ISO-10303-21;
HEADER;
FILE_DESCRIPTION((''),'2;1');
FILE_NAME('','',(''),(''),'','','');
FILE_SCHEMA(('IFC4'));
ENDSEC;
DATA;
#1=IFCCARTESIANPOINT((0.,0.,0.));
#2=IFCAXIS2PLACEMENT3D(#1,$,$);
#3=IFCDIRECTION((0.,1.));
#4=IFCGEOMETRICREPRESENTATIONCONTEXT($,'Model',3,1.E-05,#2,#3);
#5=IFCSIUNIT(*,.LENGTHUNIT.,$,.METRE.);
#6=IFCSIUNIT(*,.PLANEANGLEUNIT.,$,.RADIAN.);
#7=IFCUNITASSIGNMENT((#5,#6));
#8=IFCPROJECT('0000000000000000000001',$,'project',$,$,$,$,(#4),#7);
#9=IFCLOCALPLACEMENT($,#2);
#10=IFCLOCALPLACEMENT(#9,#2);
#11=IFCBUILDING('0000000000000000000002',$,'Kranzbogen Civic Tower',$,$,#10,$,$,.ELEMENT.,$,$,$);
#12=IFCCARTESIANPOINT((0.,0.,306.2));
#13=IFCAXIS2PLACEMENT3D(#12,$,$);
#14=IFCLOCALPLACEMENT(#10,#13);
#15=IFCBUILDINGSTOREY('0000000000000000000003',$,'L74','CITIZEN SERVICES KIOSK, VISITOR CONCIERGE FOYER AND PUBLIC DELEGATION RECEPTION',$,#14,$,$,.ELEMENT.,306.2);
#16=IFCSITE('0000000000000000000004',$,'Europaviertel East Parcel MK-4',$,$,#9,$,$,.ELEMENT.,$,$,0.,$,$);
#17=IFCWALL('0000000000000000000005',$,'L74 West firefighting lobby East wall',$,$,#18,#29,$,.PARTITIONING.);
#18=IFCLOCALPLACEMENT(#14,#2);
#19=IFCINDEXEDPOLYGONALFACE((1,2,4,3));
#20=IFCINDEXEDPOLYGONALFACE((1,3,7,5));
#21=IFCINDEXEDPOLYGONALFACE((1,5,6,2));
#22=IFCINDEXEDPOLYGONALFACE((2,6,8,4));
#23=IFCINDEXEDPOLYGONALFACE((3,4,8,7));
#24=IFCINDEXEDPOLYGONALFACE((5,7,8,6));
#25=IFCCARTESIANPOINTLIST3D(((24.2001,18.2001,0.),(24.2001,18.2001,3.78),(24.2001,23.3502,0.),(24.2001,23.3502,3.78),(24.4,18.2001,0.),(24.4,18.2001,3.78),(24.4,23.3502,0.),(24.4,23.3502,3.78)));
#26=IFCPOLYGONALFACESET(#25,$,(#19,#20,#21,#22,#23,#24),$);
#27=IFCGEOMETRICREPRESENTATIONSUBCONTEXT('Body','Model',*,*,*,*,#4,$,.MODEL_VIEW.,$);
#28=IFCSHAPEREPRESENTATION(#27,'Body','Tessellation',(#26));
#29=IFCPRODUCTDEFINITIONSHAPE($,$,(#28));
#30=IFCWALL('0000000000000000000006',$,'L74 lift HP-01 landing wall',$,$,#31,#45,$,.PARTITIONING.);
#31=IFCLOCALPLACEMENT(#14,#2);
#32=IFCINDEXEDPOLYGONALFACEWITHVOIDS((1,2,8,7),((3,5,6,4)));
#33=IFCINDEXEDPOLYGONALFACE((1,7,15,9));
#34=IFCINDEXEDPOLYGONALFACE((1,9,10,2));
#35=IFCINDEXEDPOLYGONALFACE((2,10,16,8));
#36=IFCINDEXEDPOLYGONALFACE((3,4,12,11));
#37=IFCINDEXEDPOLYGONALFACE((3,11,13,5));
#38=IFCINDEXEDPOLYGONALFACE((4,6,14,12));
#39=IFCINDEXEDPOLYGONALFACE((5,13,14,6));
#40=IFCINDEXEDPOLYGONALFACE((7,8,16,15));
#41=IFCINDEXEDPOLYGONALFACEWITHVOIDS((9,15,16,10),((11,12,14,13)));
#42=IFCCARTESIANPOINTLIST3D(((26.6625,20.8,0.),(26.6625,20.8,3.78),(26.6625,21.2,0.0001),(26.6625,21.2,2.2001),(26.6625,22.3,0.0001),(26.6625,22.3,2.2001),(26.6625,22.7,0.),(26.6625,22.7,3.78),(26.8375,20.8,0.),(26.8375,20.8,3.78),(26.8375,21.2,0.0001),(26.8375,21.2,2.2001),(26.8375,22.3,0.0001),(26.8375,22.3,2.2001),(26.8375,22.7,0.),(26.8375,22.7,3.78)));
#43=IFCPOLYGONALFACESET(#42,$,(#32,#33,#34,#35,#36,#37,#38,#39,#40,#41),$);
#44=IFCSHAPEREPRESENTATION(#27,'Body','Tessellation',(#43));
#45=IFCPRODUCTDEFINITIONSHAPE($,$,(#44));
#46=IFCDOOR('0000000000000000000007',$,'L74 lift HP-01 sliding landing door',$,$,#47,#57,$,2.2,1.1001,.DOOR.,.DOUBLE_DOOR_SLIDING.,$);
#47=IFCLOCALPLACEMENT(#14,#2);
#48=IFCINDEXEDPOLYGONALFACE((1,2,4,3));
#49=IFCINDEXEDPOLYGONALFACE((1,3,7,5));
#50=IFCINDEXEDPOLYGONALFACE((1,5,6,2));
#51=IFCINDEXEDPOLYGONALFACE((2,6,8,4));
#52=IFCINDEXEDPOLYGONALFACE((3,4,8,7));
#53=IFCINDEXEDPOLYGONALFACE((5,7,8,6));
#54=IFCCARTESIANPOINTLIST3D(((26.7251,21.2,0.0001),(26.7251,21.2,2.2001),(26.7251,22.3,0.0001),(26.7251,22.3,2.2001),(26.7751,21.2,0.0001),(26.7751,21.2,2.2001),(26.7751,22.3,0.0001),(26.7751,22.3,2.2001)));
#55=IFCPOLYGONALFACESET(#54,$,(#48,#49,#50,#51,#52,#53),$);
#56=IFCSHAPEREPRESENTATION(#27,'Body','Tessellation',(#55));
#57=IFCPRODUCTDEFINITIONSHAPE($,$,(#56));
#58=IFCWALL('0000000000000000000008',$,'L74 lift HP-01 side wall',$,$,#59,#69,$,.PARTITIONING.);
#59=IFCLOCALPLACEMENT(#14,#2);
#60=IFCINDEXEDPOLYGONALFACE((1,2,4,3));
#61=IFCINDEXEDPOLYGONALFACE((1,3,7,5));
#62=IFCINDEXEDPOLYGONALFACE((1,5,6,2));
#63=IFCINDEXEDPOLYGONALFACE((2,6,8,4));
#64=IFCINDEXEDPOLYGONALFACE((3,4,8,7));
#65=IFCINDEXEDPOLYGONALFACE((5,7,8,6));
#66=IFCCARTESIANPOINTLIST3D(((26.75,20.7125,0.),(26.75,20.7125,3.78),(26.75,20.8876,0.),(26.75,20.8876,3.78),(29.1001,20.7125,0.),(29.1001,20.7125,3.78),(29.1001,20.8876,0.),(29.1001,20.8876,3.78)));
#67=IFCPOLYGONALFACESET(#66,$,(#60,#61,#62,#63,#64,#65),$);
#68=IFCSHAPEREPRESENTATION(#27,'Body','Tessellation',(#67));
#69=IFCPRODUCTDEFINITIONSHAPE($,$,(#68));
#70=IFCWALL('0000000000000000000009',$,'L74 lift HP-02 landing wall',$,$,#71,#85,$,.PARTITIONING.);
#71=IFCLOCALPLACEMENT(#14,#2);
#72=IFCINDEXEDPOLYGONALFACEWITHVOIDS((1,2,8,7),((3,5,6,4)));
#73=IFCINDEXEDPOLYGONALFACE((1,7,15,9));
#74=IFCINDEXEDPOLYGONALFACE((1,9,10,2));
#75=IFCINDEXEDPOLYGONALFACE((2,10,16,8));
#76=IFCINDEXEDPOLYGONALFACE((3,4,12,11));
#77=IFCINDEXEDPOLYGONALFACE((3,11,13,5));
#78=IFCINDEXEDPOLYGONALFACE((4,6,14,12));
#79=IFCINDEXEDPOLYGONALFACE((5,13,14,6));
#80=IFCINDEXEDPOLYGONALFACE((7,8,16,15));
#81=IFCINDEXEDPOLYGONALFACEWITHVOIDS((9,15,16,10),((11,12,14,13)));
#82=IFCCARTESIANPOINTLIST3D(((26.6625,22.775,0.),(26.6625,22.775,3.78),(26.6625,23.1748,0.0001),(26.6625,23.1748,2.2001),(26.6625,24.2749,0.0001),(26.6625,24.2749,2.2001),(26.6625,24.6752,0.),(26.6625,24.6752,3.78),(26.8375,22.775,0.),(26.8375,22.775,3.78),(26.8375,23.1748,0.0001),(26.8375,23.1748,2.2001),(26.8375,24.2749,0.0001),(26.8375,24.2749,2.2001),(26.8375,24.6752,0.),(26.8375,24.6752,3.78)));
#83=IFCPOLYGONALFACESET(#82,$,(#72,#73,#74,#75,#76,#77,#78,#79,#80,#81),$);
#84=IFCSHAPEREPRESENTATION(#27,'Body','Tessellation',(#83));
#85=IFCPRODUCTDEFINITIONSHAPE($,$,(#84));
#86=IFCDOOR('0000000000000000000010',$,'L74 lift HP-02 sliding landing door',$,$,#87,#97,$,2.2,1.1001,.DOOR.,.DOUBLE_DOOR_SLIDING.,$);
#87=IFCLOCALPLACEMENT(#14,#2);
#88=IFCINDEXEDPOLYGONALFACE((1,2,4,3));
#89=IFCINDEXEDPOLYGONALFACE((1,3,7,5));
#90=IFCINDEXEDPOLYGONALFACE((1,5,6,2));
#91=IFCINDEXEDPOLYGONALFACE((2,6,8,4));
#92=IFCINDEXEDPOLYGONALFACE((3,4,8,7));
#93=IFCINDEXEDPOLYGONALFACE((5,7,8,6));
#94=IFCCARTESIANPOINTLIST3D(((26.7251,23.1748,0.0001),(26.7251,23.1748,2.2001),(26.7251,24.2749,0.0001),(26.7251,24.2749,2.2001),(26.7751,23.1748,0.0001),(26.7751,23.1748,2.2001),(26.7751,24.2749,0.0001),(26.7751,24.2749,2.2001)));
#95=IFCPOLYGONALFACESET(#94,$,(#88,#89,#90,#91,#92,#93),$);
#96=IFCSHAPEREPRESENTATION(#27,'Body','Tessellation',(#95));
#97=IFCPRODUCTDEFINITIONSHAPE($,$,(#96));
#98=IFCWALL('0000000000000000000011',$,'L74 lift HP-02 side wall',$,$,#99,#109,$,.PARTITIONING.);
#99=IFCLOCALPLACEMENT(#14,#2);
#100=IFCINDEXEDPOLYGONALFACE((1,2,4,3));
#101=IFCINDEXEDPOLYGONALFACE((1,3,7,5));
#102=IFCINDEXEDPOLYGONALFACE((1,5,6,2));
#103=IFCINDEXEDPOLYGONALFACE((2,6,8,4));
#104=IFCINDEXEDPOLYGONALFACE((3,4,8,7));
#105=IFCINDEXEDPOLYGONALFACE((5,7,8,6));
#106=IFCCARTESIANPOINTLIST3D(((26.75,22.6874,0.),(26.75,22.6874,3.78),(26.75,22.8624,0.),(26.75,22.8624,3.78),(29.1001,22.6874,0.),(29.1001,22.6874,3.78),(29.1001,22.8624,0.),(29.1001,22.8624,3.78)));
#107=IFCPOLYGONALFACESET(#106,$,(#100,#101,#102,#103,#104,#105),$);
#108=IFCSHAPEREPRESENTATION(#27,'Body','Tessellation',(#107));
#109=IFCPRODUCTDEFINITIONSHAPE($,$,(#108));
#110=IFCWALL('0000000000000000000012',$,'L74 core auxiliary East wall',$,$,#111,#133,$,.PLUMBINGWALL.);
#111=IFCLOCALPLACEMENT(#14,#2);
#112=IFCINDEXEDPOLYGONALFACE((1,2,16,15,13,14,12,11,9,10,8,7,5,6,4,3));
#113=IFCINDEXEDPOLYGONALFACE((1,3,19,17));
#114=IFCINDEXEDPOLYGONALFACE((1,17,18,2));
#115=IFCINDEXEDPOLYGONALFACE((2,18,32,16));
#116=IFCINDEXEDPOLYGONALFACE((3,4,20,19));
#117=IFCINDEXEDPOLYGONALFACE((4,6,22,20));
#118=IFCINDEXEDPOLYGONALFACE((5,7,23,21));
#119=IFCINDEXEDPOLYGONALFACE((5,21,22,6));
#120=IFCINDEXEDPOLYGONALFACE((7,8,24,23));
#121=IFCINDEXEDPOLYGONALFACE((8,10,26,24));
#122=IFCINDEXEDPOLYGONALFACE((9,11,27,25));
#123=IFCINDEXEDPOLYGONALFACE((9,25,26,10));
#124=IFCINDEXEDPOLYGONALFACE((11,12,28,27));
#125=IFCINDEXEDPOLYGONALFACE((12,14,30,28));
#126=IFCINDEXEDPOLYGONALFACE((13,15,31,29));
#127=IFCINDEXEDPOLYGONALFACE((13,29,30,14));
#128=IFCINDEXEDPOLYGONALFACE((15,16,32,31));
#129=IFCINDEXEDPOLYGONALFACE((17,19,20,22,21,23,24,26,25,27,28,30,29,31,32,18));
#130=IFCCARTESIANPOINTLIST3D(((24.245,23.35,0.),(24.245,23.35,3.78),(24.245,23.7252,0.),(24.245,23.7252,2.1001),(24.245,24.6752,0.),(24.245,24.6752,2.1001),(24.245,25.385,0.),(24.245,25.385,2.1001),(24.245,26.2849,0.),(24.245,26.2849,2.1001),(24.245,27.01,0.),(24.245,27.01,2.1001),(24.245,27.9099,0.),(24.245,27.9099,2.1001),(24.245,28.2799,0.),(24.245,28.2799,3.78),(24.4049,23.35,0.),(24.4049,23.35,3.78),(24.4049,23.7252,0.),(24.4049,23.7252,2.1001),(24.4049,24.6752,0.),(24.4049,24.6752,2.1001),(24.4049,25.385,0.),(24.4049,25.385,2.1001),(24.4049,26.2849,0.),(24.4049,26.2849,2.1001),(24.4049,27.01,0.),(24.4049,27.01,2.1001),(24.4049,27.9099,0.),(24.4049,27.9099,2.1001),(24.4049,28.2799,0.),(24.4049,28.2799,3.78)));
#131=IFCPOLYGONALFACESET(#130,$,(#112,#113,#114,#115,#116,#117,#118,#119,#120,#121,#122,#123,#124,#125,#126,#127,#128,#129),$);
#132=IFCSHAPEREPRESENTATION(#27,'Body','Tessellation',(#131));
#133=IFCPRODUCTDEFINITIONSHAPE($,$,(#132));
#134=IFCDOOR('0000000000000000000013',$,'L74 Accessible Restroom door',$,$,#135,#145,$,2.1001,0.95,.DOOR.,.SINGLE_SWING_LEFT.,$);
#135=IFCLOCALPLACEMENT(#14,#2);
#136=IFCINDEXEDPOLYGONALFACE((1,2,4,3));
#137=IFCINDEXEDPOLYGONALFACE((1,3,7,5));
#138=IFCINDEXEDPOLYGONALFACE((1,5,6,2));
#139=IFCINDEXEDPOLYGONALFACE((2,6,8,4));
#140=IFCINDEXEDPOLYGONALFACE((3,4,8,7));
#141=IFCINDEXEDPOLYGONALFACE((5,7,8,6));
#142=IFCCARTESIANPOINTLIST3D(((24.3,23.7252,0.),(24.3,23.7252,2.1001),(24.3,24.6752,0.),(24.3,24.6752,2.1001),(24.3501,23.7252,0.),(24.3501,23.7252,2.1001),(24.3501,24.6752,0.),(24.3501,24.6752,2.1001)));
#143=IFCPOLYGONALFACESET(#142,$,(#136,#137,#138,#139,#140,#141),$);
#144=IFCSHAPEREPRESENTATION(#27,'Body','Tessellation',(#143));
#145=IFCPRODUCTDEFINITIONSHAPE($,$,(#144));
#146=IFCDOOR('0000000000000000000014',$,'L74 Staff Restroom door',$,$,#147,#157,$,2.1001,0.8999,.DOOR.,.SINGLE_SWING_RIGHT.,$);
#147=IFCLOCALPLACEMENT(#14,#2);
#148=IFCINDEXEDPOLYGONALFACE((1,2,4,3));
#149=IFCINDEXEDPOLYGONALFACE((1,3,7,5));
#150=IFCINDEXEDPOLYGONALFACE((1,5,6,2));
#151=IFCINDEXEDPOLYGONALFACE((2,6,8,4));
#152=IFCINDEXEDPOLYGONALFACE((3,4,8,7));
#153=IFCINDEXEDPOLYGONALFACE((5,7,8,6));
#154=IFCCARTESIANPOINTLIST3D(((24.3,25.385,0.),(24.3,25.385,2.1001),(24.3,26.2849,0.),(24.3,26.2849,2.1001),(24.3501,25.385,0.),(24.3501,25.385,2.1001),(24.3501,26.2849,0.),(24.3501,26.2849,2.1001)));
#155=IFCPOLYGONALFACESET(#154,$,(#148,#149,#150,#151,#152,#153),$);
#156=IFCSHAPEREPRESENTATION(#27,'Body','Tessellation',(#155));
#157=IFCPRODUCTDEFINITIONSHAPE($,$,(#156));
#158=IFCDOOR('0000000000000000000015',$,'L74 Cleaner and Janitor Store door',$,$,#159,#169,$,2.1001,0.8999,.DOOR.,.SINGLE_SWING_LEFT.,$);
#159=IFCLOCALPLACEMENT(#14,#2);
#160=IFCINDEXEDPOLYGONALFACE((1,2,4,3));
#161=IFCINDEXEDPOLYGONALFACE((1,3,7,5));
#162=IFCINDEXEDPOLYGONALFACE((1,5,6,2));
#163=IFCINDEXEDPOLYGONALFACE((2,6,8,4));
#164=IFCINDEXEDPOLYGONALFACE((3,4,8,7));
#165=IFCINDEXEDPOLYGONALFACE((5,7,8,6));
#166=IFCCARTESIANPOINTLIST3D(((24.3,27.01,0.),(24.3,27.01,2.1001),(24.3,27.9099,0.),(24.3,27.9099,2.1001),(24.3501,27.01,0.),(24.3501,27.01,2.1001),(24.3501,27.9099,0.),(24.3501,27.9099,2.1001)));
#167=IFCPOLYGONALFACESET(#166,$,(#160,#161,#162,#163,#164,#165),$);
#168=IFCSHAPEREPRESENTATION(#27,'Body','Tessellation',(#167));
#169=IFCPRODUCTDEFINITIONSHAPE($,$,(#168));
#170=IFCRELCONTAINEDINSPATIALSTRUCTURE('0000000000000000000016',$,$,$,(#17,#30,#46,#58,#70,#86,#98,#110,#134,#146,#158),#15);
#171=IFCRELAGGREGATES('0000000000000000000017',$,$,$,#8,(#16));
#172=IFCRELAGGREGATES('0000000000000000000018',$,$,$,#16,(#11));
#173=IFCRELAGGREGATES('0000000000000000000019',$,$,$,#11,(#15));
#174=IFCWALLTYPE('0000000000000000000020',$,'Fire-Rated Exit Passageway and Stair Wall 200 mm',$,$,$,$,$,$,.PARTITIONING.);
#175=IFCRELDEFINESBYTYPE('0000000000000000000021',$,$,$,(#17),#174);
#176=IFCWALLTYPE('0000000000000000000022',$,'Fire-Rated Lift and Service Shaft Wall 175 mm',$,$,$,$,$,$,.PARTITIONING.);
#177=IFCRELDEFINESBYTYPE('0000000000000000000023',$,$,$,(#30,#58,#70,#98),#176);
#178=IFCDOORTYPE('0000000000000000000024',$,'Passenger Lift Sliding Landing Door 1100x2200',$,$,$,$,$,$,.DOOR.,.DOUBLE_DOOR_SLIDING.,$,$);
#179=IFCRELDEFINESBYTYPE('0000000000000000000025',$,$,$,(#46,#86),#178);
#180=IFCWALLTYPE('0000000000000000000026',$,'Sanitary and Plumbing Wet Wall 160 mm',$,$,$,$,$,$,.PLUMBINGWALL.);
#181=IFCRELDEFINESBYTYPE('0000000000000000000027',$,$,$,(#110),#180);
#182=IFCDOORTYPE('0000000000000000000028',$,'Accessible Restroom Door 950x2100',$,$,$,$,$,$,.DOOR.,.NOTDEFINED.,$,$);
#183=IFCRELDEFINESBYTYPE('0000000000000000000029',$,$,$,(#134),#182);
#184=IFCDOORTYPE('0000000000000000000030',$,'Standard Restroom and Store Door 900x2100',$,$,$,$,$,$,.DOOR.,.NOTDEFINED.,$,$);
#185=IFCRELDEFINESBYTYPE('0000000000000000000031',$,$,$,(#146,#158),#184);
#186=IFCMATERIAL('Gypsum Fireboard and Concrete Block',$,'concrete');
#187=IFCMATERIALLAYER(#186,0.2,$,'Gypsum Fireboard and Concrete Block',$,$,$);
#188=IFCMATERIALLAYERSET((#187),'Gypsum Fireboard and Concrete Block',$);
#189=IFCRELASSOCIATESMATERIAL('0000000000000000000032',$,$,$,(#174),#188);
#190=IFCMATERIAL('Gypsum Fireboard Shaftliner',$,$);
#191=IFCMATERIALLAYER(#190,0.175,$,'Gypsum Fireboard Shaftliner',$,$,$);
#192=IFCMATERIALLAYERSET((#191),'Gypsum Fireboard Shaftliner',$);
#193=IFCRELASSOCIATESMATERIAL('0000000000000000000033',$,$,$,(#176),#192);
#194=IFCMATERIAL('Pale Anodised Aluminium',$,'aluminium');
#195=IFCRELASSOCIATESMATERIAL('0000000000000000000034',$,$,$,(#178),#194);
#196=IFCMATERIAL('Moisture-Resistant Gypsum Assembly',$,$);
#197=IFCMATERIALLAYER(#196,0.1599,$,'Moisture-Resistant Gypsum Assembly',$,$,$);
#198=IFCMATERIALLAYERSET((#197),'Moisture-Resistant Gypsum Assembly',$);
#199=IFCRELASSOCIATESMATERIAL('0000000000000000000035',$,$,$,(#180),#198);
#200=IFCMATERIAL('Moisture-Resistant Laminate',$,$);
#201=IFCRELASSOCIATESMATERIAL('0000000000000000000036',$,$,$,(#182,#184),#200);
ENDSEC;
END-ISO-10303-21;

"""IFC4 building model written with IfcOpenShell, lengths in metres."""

from ifc_helpers import new_model, si_unit, direction, frame, frame_2d, origin, place, context, subcontext, project, spatial, rectangle, extrude, material, layer, layer_set, type_object, element, fill, save


model = new_model("IFC4")

# Units and contexts
model_context = context("Model", 3, precision=1e-05, world=origin(), true_north=direction((0.0, 1.0)))
body_context = subcontext(model_context, "Body", "Model", "MODEL_VIEW")
ifc_project = project(units=[si_unit("LENGTHUNIT", "METRE"), si_unit("PLANEANGLEUNIT", "RADIAN")], contexts=[model_context])

# Site, building, storey
site_placement = place(None, origin())
site = spatial("IfcSite", under=ifc_project, at=site_placement, Name="Europaviertel East Parcel MK-4", CompositionType="ELEMENT", RefElevation=0.0)
building_placement = place(site_placement, origin())
building = spatial("IfcBuilding", under=site, at=building_placement, Name="Kranzbogen Civic Tower", CompositionType="ELEMENT")
storey_placement = place(building_placement, frame((0.0, 0.0, 306.2)))
storey = spatial("IfcBuildingStorey", under=building, at=storey_placement, Name="L74", Description="CITIZEN SERVICES KIOSK, VISITOR CONCIERGE FOYER AND PUBLIC DELEGATION RECEPTION", CompositionType="ELEMENT", Elevation=306.2)

# Wall
ifc_material_1 = material(Name="Gypsum Fireboard and Concrete Block", Category="concrete")
ifc_layer_1 = layer(ifc_material_1, 0.2, Name="Gypsum Fireboard and Concrete Block")
ifc_layer_set_1 = layer_set([ifc_layer_1], Name="Gypsum Fireboard and Concrete Block")
wall_type_1 = type_object("IfcWallType", Name="Fire-Rated Exit Passageway and Stair Wall 200 mm", PredefinedType="PARTITIONING", material=ifc_layer_set_1)
wall_1_placement = place(storey_placement, frame((24.3, 18.2, 0.0), z_axis=(0.0, 0.0, 1.0), x_axis=(0.0, 1.0, 0.0)))
element("IfcWall", 1, at=wall_1_placement, inside=storey, type_object=wall_type_1, Name="L74 West firefighting lobby East wall", PredefinedType="PARTITIONING", context=body_context, shape_type="SweptSolid", body=[
    extrude(rectangle(XDim=5.1501, YDim=0.2, at=frame_2d((2.5752, 0.0))), origin(), (0.0, 0.0, 1.0), 3.78),
])

# Wall, opening, door
ifc_material_2 = material(Name="Gypsum Fireboard Shaftliner")
ifc_layer_2 = layer(ifc_material_2, 0.175, Name="Gypsum Fireboard Shaftliner")
ifc_layer_set_2 = layer_set([ifc_layer_2], Name="Gypsum Fireboard Shaftliner")
wall_type_2 = type_object("IfcWallType", Name="Fire-Rated Lift and Service Shaft Wall 175 mm", PredefinedType="PARTITIONING", material=ifc_layer_set_2)
wall_2_placement = place(storey_placement, frame((26.75, 20.8, 0.0), z_axis=(0.0, 0.0, 1.0), x_axis=(0.0, 1.0, 0.0)))
wall_2 = element("IfcWall", 2, at=wall_2_placement, inside=storey, type_object=wall_type_2, Name="L74 lift HP-01 landing wall", PredefinedType="PARTITIONING", context=body_context, shape_type="SweptSolid", body=[
    extrude(rectangle(XDim=1.8999, YDim=0.175, at=frame_2d((0.95, 0.0))), origin(), (0.0, 0.0, 1.0), 3.78),
])
opening_1_placement = place(wall_2_placement, frame((0.3999, 0.0, 0.0)))
opening_1 = element("IfcOpeningElement", 3, at=opening_1_placement, cuts=wall_2, PredefinedType="OPENING", context=body_context, shape_type="SweptSolid", body=[
    extrude(rectangle(XDim=1.1001, YDim=2.2, at=frame_2d((0.55, 1.1001))), frame((0.0, 0.0977, 0.0), z_axis=(0.0, -1.0, 0.0), x_axis=(1.0, 0.0, 0.0)), (0.0, 0.0, 1.0), 0.1951),
])
ifc_material_3 = material(Name="Pale Anodised Aluminium", Category="aluminium")
door_type_1 = type_object("IfcDoorType", Name="Passenger Lift Sliding Landing Door 1100x2200", OperationType="DOUBLE_DOOR_SLIDING", PredefinedType="DOOR", material=ifc_material_3)
door_1_placement = place(opening_1_placement, origin())
door_1 = element("IfcDoor", 4, at=door_1_placement, inside=storey, type_object=door_type_1, Name="L74 lift HP-01 sliding landing door", OperationType="DOUBLE_DOOR_SLIDING", OverallHeight=2.2, OverallWidth=1.1001, PredefinedType="DOOR", context=body_context, shape_type="SweptSolid", body=[
    extrude(rectangle(XDim=1.1001, YDim=2.2, at=frame_2d((0.55, 1.1001))), frame((0.0, 0.0249, 0.0), z_axis=(0.0, -1.0, 0.0), x_axis=(1.0, 0.0, 0.0)), (0.0, 0.0, 1.0), 0.05),
])
fill(opening_1, door_1)

# Wall
wall_3_placement = place(storey_placement, frame((26.75, 20.8, 0.0), z_axis=(0.0, 0.0, 1.0), x_axis=(1.0, 0.0, 0.0)))
element("IfcWall", 5, at=wall_3_placement, inside=storey, type_object=wall_type_2, Name="L74 lift HP-01 side wall", PredefinedType="PARTITIONING", context=body_context, shape_type="SweptSolid", body=[
    extrude(rectangle(XDim=2.3501, YDim=0.175, at=frame_2d((1.175, 0.0))), origin(), (0.0, 0.0, 1.0), 3.78),
])

# Wall, opening, door
wall_4_placement = place(storey_placement, frame((26.75, 22.7749, 0.0), z_axis=(0.0, 0.0, 1.0), x_axis=(0.0, 1.0, 0.0)))
wall_4 = element("IfcWall", 6, at=wall_4_placement, inside=storey, type_object=wall_type_2, Name="L74 lift HP-02 landing wall", PredefinedType="PARTITIONING", context=body_context, shape_type="SweptSolid", body=[
    extrude(rectangle(XDim=1.9001, YDim=0.175, at=frame_2d((0.9502, 0.0))), origin(), (0.0, 0.0, 1.0), 3.78),
])
opening_2_placement = place(wall_4_placement, frame((0.3999, 0.0, 0.0)))
opening_2 = element("IfcOpeningElement", 7, at=opening_2_placement, cuts=wall_4, PredefinedType="OPENING", context=body_context, shape_type="SweptSolid", body=[
    extrude(rectangle(XDim=1.1001, YDim=2.2, at=frame_2d((0.55, 1.1001))), frame((0.0, 0.0977, 0.0), z_axis=(0.0, -1.0, 0.0), x_axis=(1.0, 0.0, 0.0)), (0.0, 0.0, 1.0), 0.1951),
])
door_2_placement = place(opening_2_placement, origin())
door_2 = element("IfcDoor", 8, at=door_2_placement, inside=storey, type_object=door_type_1, Name="L74 lift HP-02 sliding landing door", OperationType="DOUBLE_DOOR_SLIDING", OverallHeight=2.2, OverallWidth=1.1001, PredefinedType="DOOR", context=body_context, shape_type="SweptSolid", body=[
    extrude(rectangle(XDim=1.1001, YDim=2.2, at=frame_2d((0.55, 1.1001))), frame((0.0, 0.0249, 0.0), z_axis=(0.0, -1.0, 0.0), x_axis=(1.0, 0.0, 0.0)), (0.0, 0.0, 1.0), 0.05),
])
fill(opening_2, door_2)

# Wall
wall_5_placement = place(storey_placement, frame((26.75, 22.7749, 0.0), z_axis=(0.0, 0.0, 1.0), x_axis=(1.0, 0.0, 0.0)))
element("IfcWall", 9, at=wall_5_placement, inside=storey, type_object=wall_type_2, Name="L74 lift HP-02 side wall", PredefinedType="PARTITIONING", context=body_context, shape_type="SweptSolid", body=[
    extrude(rectangle(XDim=2.3501, YDim=0.175, at=frame_2d((1.175, 0.0))), origin(), (0.0, 0.0, 1.0), 3.78),
])

# Wall, openings, doors
ifc_material_4 = material(Name="Moisture-Resistant Gypsum Assembly")
ifc_layer_3 = layer(ifc_material_4, 0.1599, Name="Moisture-Resistant Gypsum Assembly")
ifc_layer_set_3 = layer_set([ifc_layer_3], Name="Moisture-Resistant Gypsum Assembly")
wall_type_3 = type_object("IfcWallType", Name="Sanitary and Plumbing Wet Wall 160 mm", PredefinedType="PLUMBINGWALL", material=ifc_layer_set_3)
wall_6_placement = place(storey_placement, frame((24.325, 23.3501, 0.0), z_axis=(0.0, 0.0, 1.0), x_axis=(0.0, 1.0, 0.0)))
wall_6 = element("IfcWall", 10, at=wall_6_placement, inside=storey, type_object=wall_type_3, Name="L74 core auxiliary East wall", PredefinedType="PLUMBINGWALL", context=body_context, shape_type="SweptSolid", body=[
    extrude(rectangle(XDim=4.9299, YDim=0.1599, at=frame_2d((2.4648, 0.0))), origin(), (0.0, 0.0, 1.0), 3.78),
])
opening_3_placement = place(wall_6_placement, frame((0.375, 0.0, 0.0)))
opening_3 = element("IfcOpeningElement", 11, at=opening_3_placement, cuts=wall_6, PredefinedType="OPENING", context=body_context, shape_type="SweptSolid", body=[
    extrude(rectangle(XDim=0.95, YDim=2.1001, at=frame_2d((0.4751, 1.05))), frame((0.0, 0.0898, 0.0), z_axis=(0.0, -1.0, 0.0), x_axis=(1.0, 0.0, 0.0)), (0.0, 0.0, 1.0), 0.1799),
])
opening_4_placement = place(wall_6_placement, frame((2.0349, 0.0, 0.0)))
opening_4 = element("IfcOpeningElement", 12, at=opening_4_placement, cuts=wall_6, PredefinedType="OPENING", context=body_context, shape_type="SweptSolid", body=[
    extrude(rectangle(XDim=0.8999, YDim=2.1001, at=frame_2d((0.45, 1.05))), frame((0.0, 0.0898, 0.0), z_axis=(0.0, -1.0, 0.0), x_axis=(1.0, 0.0, 0.0)), (0.0, 0.0, 1.0), 0.1799),
])
opening_5_placement = place(wall_6_placement, frame((3.6599, 0.0, 0.0)))
opening_5 = element("IfcOpeningElement", 13, at=opening_5_placement, cuts=wall_6, PredefinedType="OPENING", context=body_context, shape_type="SweptSolid", body=[
    extrude(rectangle(XDim=0.8999, YDim=2.1001, at=frame_2d((0.45, 1.05))), frame((0.0, 0.0898, 0.0), z_axis=(0.0, -1.0, 0.0), x_axis=(1.0, 0.0, 0.0)), (0.0, 0.0, 1.0), 0.1799),
])
ifc_material_5 = material(Name="Moisture-Resistant Laminate")
door_type_2 = type_object("IfcDoorType", Name="Accessible Restroom Door 950x2100", OperationType="NOTDEFINED", PredefinedType="DOOR", material=ifc_material_5)
door_3_placement = place(opening_3_placement, origin())
door_3 = element("IfcDoor", 14, at=door_3_placement, inside=storey, type_object=door_type_2, Name="L74 Accessible Restroom door", OperationType="SINGLE_SWING_LEFT", OverallHeight=2.1001, OverallWidth=0.95, PredefinedType="DOOR", context=body_context, shape_type="SweptSolid", body=[
    extrude(rectangle(XDim=0.95, YDim=2.1001, at=frame_2d((0.4751, 1.05))), frame((0.0, 0.0249, 0.0), z_axis=(0.0, -1.0, 0.0), x_axis=(1.0, 0.0, 0.0)), (0.0, 0.0, 1.0), 0.05),
])
fill(opening_3, door_3)
door_type_3 = type_object("IfcDoorType", Name="Standard Restroom and Store Door 900x2100", OperationType="NOTDEFINED", PredefinedType="DOOR", material=ifc_material_5)
door_4_placement = place(opening_4_placement, origin())
door_4 = element("IfcDoor", 15, at=door_4_placement, inside=storey, type_object=door_type_3, Name="L74 Staff Restroom door", OperationType="SINGLE_SWING_RIGHT", OverallHeight=2.1001, OverallWidth=0.8999, PredefinedType="DOOR", context=body_context, shape_type="SweptSolid", body=[
    extrude(rectangle(XDim=0.8999, YDim=2.1001, at=frame_2d((0.45, 1.05))), frame((0.0, 0.0249, 0.0), z_axis=(0.0, -1.0, 0.0), x_axis=(1.0, 0.0, 0.0)), (0.0, 0.0, 1.0), 0.05),
])
fill(opening_4, door_4)
door_5_placement = place(opening_5_placement, origin())
door_5 = element("IfcDoor", 16, at=door_5_placement, inside=storey, type_object=door_type_3, Name="L74 Cleaner and Janitor Store door", OperationType="SINGLE_SWING_LEFT", OverallHeight=2.1001, OverallWidth=0.8999, PredefinedType="DOOR", context=body_context, shape_type="SweptSolid", body=[
    extrude(rectangle(XDim=0.8999, YDim=2.1001, at=frame_2d((0.45, 1.05))), frame((0.0, 0.0249, 0.0), z_axis=(0.0, -1.0, 0.0), x_axis=(1.0, 0.0, 0.0)), (0.0, 0.0, 1.0), 0.05),
])
fill(opening_5, door_5)

save(model, "model.ifc")
